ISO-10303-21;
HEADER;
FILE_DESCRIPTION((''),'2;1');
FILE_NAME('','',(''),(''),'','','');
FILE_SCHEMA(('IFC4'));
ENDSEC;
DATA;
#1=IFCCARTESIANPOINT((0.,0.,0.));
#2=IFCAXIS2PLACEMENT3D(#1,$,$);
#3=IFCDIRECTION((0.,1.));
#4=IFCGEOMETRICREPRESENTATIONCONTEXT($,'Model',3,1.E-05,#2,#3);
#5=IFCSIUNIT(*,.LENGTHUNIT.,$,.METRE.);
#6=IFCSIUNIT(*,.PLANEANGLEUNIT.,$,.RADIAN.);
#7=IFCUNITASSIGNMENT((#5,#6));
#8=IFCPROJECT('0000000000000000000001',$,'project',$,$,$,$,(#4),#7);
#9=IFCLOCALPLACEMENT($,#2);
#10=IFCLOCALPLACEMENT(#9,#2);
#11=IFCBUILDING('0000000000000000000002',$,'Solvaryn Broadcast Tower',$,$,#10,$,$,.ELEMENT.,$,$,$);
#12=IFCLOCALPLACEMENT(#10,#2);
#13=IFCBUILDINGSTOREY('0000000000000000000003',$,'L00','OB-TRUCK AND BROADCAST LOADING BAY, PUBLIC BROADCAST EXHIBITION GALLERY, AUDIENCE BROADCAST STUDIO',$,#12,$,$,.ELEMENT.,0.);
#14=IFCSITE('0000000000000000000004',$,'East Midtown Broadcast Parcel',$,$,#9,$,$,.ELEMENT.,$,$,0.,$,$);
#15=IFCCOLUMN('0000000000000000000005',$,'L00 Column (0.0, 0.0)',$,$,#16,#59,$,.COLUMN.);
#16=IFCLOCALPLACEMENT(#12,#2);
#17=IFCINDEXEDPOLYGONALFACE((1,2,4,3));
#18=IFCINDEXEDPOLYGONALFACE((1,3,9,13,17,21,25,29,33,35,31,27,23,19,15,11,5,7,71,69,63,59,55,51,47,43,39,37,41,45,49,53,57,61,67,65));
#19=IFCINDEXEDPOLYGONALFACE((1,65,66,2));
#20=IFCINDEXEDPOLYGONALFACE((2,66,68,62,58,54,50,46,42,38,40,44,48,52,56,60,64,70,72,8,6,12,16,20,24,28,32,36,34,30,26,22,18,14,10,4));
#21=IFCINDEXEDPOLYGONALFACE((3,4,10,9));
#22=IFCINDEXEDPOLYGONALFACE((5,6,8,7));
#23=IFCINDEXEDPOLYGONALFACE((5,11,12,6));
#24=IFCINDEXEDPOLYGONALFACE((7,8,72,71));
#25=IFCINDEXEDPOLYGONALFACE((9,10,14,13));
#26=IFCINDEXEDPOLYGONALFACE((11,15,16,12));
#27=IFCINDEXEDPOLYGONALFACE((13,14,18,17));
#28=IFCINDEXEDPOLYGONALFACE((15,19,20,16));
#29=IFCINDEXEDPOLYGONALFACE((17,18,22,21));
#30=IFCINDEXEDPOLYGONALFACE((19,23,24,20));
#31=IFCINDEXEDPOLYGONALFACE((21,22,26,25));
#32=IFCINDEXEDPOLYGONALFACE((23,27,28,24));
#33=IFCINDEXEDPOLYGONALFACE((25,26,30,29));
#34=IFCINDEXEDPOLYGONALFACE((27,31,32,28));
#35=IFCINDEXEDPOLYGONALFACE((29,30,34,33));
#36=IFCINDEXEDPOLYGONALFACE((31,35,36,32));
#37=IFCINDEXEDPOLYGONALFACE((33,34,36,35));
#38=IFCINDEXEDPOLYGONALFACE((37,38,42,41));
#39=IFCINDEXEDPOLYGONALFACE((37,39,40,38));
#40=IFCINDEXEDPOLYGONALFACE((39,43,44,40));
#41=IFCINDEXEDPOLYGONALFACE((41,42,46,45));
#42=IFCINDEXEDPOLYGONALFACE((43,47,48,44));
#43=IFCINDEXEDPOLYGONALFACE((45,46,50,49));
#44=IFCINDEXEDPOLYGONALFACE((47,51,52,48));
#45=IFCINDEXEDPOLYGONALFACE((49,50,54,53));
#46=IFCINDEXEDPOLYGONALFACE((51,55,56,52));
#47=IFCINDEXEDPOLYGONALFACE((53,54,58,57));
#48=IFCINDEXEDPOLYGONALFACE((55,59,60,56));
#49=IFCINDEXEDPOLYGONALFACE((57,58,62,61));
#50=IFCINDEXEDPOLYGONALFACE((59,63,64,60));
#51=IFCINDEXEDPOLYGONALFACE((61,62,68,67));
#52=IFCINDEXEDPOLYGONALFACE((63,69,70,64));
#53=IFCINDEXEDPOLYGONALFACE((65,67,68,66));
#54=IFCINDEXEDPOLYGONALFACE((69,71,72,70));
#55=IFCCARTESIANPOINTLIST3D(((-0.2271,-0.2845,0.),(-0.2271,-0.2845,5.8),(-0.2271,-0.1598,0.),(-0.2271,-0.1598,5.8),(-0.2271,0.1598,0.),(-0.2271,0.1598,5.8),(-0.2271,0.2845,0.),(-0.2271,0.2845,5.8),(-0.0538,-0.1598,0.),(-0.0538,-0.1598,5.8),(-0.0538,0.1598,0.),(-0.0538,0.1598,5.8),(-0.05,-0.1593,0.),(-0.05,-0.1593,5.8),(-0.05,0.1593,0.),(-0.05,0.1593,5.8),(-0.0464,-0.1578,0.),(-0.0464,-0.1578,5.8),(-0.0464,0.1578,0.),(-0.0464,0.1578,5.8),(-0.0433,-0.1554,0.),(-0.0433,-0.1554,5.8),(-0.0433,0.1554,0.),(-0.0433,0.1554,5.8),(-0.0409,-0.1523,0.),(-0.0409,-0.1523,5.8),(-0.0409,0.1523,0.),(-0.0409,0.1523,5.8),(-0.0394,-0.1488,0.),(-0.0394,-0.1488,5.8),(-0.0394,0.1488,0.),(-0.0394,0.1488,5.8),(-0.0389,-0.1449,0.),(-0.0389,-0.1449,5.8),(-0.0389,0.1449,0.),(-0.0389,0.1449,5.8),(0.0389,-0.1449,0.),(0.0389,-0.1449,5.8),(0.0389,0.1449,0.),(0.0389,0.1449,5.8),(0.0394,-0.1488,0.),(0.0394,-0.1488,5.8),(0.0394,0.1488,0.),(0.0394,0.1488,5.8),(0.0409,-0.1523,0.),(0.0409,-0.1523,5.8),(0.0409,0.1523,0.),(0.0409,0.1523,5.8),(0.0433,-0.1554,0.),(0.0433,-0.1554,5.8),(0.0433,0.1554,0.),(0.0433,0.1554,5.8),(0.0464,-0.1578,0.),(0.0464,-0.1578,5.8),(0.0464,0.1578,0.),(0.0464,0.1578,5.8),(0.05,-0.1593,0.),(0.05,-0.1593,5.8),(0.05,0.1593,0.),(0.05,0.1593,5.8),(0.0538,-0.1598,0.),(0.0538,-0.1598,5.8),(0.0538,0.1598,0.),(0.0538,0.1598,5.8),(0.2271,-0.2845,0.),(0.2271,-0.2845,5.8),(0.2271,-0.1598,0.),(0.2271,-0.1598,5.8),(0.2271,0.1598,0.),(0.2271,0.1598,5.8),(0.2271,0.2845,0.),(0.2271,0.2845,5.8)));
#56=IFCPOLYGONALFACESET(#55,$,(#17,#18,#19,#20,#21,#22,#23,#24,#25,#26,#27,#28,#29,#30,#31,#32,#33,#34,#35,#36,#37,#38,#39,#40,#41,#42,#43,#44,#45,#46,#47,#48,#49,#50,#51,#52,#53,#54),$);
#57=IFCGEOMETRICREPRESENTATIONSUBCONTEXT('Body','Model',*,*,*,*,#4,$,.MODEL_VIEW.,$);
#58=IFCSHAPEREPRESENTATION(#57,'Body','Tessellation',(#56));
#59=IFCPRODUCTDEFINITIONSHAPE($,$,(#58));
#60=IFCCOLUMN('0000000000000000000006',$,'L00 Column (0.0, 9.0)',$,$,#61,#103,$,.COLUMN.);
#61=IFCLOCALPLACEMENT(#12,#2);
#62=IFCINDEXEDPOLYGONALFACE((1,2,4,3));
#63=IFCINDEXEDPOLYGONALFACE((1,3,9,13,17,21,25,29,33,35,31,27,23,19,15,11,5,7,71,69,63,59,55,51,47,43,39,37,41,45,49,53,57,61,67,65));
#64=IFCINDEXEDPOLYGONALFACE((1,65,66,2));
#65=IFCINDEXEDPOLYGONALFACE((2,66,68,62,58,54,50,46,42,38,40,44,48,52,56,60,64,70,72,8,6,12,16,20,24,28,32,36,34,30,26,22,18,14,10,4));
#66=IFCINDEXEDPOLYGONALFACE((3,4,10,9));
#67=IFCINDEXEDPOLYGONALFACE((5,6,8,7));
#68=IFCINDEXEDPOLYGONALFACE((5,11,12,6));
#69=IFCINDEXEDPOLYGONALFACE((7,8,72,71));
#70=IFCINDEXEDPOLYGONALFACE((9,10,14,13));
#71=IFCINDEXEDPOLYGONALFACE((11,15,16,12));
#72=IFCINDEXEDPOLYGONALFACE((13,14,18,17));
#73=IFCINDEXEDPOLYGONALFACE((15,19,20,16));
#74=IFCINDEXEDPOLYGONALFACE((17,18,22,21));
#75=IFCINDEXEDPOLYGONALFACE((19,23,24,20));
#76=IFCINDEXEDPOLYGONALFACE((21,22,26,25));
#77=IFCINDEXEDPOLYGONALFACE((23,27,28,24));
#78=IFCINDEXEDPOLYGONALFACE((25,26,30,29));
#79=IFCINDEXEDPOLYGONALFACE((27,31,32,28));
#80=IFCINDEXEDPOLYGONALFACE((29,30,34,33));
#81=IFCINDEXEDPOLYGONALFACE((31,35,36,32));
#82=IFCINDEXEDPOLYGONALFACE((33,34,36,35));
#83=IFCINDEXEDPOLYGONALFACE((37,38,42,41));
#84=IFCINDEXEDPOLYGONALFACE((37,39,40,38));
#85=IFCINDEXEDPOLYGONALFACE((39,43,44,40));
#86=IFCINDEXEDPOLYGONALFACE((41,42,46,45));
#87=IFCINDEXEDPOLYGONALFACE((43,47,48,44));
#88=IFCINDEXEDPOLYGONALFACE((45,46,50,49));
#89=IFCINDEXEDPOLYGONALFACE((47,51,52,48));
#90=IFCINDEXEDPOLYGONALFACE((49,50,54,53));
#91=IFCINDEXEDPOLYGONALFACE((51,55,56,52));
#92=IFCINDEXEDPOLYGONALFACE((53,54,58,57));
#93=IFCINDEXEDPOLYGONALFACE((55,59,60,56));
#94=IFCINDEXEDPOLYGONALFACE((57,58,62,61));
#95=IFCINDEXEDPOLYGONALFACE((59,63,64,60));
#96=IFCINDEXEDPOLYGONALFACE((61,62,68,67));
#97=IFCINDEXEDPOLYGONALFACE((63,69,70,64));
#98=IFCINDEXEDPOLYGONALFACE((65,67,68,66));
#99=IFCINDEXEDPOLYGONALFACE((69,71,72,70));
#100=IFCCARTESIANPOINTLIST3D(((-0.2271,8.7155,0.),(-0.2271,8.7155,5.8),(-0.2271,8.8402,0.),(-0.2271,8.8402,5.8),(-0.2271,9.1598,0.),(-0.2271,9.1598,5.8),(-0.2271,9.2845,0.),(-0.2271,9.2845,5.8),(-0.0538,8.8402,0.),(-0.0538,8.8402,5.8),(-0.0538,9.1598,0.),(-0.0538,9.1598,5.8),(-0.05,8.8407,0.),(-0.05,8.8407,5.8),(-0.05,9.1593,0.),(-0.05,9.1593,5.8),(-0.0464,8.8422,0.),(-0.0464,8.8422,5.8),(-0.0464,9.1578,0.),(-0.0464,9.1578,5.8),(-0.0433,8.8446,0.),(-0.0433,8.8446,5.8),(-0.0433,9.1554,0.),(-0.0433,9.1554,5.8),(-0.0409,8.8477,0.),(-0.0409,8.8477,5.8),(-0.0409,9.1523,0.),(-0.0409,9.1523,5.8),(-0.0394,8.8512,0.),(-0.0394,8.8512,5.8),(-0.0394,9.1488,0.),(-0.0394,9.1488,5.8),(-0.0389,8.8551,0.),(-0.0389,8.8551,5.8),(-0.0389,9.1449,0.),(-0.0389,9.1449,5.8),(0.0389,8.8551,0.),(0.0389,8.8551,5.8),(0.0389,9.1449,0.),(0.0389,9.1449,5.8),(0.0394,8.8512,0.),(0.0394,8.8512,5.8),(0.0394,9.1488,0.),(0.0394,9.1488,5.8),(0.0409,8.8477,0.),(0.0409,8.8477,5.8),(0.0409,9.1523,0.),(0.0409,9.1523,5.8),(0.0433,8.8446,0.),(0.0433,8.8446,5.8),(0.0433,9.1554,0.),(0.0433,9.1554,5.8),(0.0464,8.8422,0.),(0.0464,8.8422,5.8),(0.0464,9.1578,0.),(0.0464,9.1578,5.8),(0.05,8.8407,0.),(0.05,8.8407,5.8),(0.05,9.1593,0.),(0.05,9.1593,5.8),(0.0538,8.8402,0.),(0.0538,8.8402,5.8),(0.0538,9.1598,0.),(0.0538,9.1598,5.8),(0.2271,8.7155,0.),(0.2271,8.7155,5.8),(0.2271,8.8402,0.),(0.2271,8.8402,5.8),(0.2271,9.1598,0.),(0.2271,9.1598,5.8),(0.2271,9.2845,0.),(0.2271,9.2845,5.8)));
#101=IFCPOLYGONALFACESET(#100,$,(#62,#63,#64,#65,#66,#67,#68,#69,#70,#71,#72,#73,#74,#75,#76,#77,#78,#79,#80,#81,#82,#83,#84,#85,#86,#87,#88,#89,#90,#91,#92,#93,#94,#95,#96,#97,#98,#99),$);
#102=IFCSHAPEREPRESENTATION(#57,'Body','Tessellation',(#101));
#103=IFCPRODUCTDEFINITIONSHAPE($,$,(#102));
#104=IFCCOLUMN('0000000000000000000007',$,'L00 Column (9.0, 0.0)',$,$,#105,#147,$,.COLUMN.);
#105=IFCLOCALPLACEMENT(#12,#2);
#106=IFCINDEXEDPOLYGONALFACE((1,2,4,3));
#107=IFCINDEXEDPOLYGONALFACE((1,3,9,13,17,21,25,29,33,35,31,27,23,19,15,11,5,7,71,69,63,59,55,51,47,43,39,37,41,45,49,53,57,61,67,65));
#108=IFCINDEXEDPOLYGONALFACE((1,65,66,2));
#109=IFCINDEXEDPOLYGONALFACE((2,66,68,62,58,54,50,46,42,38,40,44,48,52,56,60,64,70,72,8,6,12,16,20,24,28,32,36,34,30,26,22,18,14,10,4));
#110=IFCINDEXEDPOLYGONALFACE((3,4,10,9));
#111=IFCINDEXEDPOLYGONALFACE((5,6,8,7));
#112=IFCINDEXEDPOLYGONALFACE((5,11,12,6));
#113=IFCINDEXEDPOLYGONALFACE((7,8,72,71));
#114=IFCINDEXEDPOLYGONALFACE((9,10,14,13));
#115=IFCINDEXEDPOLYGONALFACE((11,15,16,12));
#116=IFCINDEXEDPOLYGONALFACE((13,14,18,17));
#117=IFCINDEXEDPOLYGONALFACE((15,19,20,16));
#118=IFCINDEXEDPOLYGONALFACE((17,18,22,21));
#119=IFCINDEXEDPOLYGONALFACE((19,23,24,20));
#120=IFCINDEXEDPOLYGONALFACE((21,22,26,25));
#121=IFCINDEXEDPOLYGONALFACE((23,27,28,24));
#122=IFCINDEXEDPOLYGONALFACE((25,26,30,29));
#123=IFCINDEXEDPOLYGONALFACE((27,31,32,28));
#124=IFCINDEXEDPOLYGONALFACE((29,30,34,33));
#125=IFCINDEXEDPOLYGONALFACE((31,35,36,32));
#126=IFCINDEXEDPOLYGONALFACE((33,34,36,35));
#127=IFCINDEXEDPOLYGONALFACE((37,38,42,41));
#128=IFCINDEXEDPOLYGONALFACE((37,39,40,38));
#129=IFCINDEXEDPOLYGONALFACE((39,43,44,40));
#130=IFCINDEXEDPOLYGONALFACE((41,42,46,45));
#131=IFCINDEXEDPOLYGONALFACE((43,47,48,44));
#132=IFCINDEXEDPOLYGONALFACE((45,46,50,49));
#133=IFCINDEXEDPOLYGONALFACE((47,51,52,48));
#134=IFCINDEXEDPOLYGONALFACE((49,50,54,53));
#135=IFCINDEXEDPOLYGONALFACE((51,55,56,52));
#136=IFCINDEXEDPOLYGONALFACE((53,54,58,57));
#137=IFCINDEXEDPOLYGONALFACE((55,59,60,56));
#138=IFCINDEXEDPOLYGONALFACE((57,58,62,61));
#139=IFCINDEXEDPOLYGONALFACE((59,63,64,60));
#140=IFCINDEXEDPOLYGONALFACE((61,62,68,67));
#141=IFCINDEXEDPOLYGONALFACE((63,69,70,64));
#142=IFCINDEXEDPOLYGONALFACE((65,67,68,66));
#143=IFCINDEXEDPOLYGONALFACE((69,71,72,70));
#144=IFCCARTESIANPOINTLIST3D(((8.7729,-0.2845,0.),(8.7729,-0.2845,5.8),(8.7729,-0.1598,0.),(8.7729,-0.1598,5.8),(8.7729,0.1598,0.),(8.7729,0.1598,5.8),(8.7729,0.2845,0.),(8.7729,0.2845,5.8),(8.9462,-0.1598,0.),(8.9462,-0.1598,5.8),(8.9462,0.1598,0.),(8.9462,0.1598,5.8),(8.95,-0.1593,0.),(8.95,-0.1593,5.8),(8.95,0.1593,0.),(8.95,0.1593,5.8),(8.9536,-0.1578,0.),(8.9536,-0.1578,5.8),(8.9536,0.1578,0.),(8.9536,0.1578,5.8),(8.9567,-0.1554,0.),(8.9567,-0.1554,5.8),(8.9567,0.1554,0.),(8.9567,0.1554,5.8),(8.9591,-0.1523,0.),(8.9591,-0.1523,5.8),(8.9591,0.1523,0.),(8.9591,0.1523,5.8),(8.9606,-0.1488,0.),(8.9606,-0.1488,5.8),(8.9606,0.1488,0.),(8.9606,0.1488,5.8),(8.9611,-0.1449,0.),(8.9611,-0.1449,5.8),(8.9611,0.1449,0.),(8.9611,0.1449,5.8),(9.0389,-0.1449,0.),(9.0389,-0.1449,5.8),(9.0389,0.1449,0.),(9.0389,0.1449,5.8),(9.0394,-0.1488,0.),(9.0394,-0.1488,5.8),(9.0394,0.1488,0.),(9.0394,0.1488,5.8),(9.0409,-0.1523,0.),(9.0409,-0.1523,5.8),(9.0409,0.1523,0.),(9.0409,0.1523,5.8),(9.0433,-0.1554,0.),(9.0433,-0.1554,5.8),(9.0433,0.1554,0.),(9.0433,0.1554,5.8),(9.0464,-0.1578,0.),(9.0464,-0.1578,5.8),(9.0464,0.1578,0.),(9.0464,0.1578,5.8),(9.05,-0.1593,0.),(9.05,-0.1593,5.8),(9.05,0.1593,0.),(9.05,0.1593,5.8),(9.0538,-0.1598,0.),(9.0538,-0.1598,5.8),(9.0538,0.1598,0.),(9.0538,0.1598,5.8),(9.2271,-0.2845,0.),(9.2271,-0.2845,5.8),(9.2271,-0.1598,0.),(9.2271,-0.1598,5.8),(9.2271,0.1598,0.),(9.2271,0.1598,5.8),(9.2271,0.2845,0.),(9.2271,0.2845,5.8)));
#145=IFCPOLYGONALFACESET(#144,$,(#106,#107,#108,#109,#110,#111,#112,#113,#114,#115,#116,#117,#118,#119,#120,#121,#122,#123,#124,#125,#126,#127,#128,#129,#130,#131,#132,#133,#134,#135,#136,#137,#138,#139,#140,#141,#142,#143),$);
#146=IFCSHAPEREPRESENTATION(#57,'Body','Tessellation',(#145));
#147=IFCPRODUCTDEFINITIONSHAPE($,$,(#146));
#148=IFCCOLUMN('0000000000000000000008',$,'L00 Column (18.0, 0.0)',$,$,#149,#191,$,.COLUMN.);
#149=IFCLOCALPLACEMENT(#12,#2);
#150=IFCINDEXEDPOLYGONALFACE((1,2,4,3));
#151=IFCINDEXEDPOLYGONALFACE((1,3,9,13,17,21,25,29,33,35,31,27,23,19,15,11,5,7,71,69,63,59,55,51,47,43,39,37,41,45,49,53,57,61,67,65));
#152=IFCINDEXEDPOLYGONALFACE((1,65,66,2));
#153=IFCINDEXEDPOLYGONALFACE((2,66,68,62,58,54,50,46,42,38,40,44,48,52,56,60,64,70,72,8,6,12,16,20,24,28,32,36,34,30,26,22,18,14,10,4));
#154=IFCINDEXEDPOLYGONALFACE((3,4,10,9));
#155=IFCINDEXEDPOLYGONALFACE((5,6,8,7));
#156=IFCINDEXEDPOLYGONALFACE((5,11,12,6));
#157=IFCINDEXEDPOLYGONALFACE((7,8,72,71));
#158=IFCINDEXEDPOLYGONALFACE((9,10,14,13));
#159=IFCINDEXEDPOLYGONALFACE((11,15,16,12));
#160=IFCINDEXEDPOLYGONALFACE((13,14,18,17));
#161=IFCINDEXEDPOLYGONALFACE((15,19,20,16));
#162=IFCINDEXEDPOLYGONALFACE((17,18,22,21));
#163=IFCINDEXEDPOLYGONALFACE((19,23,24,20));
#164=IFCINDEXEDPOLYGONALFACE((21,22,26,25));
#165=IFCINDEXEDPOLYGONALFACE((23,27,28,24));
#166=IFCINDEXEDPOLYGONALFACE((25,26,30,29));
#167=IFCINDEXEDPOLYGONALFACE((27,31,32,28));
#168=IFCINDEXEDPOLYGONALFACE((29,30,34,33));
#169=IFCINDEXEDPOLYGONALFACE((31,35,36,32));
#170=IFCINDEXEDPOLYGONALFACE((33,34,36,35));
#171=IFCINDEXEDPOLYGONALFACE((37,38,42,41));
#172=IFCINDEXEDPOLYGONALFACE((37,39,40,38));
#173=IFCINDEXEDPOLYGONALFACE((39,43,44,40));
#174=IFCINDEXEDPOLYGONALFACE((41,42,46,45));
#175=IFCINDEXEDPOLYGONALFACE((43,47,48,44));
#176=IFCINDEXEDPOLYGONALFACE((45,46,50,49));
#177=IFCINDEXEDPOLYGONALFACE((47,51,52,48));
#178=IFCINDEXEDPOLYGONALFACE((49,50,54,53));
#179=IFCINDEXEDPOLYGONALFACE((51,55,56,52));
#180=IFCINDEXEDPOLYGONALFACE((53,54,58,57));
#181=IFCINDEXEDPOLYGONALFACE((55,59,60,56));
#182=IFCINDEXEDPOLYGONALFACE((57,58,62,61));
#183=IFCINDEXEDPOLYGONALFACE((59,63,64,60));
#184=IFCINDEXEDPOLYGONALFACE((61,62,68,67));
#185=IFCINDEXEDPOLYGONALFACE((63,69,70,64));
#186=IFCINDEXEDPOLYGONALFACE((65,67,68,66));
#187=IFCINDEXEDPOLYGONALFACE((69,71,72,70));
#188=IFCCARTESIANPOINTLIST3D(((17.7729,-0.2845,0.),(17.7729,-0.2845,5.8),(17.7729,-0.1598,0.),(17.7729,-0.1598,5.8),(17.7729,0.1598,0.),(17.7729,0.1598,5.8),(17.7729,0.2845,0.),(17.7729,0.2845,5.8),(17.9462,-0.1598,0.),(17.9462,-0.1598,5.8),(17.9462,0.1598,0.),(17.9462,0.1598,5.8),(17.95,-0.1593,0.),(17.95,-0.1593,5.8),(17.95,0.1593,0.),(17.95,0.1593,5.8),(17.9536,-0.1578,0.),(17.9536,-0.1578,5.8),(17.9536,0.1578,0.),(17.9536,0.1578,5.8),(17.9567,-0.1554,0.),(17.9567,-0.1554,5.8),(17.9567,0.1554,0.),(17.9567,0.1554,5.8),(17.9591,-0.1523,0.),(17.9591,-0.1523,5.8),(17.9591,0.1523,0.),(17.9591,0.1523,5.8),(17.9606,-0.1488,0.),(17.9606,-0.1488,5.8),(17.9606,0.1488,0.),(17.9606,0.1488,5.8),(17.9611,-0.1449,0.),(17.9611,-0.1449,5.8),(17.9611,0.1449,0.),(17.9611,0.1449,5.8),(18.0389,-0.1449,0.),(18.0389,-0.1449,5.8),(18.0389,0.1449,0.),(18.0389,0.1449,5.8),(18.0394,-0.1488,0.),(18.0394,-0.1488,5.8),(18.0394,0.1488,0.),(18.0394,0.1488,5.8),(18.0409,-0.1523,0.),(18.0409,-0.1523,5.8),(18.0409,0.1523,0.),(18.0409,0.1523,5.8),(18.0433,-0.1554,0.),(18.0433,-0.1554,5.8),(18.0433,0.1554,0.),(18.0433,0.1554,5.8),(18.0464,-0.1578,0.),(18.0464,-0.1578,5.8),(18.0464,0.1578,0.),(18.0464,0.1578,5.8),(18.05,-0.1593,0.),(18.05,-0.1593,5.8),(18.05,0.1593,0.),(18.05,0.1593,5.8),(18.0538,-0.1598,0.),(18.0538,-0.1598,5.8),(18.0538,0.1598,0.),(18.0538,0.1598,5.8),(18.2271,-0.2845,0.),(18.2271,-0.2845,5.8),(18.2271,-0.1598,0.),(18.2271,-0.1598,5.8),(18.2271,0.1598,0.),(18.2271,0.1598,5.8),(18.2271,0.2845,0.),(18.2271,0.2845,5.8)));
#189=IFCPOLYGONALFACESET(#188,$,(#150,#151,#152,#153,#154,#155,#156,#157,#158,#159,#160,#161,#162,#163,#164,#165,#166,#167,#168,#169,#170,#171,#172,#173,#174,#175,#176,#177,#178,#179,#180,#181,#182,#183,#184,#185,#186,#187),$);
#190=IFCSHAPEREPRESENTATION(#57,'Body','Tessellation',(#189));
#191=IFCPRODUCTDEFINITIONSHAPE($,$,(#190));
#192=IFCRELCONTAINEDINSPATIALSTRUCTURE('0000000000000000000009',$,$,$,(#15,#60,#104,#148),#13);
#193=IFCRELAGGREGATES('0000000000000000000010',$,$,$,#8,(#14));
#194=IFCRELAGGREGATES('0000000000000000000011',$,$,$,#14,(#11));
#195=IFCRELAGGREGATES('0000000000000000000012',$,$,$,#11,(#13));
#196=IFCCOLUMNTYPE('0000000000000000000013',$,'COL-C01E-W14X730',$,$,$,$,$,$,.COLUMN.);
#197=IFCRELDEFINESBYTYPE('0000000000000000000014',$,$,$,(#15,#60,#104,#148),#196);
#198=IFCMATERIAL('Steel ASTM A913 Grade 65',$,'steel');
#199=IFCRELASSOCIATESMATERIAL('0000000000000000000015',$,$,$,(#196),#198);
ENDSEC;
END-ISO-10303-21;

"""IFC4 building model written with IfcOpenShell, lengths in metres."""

from ifc_helpers import new_model, si_unit, direction, frame, origin, origin_2d, place, context, subcontext, project, spatial, i_section, extrude, material, material_profile, profile_set, type_object, element, save


model = new_model("IFC4")

# Units and contexts
model_context = context("Model", 3, precision=1e-05, world=origin(), true_north=direction((0.0, 1.0)))
body_context = subcontext(model_context, "Body", "Model", "MODEL_VIEW")
ifc_project = project(units=[si_unit("LENGTHUNIT", "METRE"), si_unit("PLANEANGLEUNIT", "RADIAN")], contexts=[model_context])

# Site, building, storey
site_placement = place(None, origin())
site = spatial("IfcSite", under=ifc_project, at=site_placement, Name="East Midtown Broadcast Parcel", CompositionType="ELEMENT", RefElevation=0.0)
building_placement = place(site_placement, origin())
building = spatial("IfcBuilding", under=site, at=building_placement, Name="Solvaryn Broadcast Tower", CompositionType="ELEMENT")
storey_placement = place(building_placement, origin())
storey = spatial("IfcBuildingStorey", under=building, at=storey_placement, Name="L00", Description="OB-TRUCK AND BROADCAST LOADING BAY, PUBLIC BROADCAST EXHIBITION GALLERY, AUDIENCE BROADCAST STUDIO", CompositionType="ELEMENT", Elevation=0.0)

# Columns
ifc_material_1 = material(Name="Steel ASTM A913 Grade 65", Category="steel")
ifc_material_profile_1 = material_profile(ifc_material_1, i_section(OverallWidth=0.4541, OverallDepth=0.5691, WebThickness=0.0779, FlangeThickness=0.1248, FilletRadius=0.0149, at=origin_2d()))
ifc_profile_set_1 = profile_set([ifc_material_profile_1], Name="Steel ASTM A913 Grade 65")
column_type_1 = type_object("IfcColumnType", Name="COL-C01E-W14X730", PredefinedType="COLUMN", material=ifc_profile_set_1)
for number, where, z_axis, x_axis, name in (
    (1, (0.0, 0.0, 0.0), (0.0, 0.0, 1.0), (1.0, 0.0, 0.0), "L00 Column (0.0, 0.0)"),
    (2, (0.0, 9.0, 0.0), (0.0, 0.0, 1.0), (1.0, 0.0, 0.0), "L00 Column (0.0, 9.0)"),
    (3, (9.0, 0.0, 0.0), (0.0, 0.0, 1.0), (1.0, 0.0, 0.0), "L00 Column (9.0, 0.0)"),
    (4, (18.0, 0.0, 0.0), (0.0, 0.0, 1.0), (1.0, 0.0, 0.0), "L00 Column (18.0, 0.0)"),
):
    element("IfcColumn", number, at=place(storey_placement, frame(where, z_axis=z_axis, x_axis=x_axis)), inside=storey, type_object=column_type_1, Name=name, PredefinedType="COLUMN", context=body_context, shape_type="SweptSolid", body=[
        extrude(i_section(OverallWidth=0.4541, OverallDepth=0.5691, WebThickness=0.0779, FlangeThickness=0.1248, FilletRadius=0.0149, at=origin_2d()), origin(), (0.0, 0.0, 1.0), 5.8),
    ])

save(model, "model.ifc")
